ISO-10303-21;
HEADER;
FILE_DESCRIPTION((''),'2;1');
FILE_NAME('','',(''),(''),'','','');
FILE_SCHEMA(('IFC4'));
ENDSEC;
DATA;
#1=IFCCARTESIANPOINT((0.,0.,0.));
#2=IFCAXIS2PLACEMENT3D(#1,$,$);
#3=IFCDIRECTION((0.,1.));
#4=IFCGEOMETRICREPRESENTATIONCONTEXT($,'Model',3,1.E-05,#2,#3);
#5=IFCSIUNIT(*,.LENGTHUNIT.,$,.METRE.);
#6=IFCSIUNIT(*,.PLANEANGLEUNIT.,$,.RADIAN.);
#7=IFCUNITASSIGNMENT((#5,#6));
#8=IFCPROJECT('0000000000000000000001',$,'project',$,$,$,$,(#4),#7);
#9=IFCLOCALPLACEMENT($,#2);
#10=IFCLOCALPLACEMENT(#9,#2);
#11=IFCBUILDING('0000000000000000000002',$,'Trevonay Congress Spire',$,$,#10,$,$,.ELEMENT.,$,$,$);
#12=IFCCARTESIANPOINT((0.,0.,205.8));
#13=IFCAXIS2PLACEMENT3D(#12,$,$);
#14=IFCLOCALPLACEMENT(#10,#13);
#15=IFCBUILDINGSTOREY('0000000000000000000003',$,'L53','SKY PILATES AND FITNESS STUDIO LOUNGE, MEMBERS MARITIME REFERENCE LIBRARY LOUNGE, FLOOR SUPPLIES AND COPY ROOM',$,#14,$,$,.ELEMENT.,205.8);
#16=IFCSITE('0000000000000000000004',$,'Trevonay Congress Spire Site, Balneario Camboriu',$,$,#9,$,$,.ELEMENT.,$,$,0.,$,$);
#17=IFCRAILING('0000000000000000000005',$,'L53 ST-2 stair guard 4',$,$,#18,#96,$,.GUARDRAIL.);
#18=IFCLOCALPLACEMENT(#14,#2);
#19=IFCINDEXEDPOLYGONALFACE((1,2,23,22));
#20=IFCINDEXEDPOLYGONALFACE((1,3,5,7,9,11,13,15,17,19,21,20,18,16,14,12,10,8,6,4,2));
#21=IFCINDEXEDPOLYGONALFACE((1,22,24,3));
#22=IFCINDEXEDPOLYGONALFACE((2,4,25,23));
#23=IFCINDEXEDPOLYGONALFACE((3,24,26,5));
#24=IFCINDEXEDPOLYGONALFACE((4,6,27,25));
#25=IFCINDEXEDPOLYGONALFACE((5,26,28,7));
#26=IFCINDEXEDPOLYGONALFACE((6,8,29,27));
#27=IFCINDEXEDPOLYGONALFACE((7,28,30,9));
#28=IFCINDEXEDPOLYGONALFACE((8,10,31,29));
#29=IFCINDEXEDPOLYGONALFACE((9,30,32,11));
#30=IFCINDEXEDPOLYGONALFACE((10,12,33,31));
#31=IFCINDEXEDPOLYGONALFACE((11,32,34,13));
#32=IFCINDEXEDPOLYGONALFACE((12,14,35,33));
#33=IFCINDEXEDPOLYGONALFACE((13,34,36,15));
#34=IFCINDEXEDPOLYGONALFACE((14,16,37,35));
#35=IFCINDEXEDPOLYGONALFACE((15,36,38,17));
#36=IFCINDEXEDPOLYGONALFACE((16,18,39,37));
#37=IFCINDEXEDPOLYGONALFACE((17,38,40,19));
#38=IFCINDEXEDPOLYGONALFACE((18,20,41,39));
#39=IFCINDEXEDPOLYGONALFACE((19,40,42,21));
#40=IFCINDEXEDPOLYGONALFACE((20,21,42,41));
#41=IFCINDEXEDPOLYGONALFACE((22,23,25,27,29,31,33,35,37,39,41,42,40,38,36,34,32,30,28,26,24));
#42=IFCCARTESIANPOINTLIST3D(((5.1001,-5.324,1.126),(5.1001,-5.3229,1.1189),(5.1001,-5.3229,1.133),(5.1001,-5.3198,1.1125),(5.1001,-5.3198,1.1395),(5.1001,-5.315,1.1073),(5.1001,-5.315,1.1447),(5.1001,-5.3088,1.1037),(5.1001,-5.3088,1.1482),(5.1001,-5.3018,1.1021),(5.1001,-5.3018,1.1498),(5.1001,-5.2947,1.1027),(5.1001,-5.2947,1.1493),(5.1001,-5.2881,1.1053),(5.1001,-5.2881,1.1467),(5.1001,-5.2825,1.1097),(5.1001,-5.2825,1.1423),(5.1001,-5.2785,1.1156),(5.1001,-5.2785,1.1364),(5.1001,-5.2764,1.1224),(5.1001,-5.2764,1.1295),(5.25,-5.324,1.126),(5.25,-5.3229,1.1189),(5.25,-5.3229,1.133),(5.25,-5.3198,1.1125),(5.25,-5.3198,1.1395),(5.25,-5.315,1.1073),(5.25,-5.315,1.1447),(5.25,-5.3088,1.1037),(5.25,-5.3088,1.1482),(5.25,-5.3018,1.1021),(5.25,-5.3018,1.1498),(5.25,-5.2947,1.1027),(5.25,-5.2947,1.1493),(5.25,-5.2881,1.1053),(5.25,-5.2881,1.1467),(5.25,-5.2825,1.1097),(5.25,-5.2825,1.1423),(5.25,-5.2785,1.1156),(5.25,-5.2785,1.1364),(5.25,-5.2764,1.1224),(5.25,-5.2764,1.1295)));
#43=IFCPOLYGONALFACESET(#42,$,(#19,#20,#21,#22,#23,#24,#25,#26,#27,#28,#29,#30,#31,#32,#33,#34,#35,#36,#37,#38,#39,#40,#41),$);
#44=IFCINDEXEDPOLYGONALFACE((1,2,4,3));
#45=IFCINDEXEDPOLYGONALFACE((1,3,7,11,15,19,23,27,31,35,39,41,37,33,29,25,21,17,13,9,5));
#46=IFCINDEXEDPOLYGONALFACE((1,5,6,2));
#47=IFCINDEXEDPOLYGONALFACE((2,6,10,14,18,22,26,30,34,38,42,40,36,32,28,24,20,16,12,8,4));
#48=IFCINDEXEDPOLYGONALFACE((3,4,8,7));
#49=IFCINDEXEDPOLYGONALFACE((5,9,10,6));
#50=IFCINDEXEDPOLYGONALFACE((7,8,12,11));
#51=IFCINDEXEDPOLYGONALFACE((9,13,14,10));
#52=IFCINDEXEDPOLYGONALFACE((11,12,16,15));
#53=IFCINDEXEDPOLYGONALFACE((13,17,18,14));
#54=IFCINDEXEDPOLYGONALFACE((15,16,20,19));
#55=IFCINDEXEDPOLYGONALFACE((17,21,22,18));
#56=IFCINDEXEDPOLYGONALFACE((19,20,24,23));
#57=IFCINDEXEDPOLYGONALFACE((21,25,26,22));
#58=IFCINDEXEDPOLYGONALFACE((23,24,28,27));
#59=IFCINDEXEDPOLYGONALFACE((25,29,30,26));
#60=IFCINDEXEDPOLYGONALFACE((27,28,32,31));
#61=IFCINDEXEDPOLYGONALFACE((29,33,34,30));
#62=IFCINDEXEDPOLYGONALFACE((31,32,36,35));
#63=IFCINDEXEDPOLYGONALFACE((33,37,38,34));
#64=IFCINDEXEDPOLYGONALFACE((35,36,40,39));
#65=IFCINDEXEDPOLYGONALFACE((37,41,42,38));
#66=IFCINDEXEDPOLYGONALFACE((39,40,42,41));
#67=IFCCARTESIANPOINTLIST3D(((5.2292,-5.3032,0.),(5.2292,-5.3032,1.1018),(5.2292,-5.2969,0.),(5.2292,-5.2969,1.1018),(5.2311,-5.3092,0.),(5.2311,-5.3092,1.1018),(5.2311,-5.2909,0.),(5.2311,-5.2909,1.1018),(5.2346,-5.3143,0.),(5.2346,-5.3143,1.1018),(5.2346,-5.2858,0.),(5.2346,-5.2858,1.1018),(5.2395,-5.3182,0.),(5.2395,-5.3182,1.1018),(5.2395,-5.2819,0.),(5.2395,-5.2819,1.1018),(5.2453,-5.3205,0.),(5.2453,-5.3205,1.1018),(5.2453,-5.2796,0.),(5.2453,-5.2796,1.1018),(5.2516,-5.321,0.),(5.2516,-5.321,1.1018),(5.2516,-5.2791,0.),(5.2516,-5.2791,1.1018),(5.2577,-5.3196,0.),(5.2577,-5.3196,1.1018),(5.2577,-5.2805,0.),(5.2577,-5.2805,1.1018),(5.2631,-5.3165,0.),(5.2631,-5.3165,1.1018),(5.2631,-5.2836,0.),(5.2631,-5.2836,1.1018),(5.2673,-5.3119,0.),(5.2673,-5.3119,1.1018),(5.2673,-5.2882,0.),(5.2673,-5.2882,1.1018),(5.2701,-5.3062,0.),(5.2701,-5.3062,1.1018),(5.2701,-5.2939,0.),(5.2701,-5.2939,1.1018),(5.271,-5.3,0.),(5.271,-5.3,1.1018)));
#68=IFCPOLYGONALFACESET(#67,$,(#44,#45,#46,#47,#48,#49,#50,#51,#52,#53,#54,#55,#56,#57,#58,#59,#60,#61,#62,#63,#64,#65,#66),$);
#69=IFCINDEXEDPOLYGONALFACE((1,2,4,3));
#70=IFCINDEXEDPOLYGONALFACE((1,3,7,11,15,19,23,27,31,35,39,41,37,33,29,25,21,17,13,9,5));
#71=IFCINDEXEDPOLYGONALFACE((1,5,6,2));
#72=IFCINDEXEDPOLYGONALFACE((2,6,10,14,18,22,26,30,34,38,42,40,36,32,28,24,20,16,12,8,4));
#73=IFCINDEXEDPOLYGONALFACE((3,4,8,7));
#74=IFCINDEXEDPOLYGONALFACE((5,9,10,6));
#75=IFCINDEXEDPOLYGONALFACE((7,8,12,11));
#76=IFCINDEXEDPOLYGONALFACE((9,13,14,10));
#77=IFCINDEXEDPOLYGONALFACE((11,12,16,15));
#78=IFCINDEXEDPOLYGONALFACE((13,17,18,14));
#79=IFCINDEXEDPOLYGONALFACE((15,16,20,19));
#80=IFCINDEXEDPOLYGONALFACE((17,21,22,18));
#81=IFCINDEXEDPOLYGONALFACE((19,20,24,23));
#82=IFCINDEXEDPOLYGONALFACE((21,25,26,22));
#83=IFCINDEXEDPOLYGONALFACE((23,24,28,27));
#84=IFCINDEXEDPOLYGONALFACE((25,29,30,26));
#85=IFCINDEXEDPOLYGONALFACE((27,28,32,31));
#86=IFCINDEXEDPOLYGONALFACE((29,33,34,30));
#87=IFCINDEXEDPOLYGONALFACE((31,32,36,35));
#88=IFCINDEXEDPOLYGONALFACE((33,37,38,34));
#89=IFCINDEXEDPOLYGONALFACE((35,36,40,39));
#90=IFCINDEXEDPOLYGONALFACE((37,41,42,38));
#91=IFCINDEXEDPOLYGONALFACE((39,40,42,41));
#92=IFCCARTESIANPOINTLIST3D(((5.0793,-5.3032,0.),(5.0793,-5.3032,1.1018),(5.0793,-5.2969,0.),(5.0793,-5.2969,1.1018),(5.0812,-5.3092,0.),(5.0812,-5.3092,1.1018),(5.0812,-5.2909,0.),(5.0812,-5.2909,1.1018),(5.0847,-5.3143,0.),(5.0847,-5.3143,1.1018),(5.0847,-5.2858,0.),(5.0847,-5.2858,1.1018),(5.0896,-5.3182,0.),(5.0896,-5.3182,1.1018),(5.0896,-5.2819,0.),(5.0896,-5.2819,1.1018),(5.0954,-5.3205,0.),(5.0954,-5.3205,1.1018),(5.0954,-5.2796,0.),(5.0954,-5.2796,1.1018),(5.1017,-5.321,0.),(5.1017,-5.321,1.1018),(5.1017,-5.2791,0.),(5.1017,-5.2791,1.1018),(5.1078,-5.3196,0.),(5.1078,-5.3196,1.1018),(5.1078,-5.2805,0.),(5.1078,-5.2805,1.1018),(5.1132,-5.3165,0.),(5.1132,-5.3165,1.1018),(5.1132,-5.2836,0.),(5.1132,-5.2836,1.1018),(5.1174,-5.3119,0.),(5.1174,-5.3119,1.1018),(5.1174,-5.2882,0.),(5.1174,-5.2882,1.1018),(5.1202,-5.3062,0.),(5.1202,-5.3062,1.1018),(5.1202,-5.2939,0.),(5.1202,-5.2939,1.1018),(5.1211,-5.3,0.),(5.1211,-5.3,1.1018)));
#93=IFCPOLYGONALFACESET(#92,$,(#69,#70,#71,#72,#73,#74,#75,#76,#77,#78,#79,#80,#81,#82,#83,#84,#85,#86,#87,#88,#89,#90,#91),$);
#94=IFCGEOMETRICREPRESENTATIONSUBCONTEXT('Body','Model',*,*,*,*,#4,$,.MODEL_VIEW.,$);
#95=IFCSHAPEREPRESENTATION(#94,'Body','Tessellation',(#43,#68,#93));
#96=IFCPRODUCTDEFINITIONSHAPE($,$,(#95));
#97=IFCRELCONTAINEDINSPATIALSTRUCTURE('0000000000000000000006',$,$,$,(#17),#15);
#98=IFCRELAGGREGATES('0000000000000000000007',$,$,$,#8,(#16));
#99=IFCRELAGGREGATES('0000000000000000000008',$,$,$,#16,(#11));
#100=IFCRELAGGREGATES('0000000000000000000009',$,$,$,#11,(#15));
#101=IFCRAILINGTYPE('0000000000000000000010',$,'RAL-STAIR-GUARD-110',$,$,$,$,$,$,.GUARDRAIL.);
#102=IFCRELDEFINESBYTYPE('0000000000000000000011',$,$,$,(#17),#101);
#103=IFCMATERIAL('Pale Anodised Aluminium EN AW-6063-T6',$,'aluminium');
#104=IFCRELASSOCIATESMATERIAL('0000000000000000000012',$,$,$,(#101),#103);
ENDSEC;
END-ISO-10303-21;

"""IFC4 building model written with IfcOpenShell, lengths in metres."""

from ifc_helpers import new_model, si_unit, direction, frame, origin, origin_2d, place, context, subcontext, project, spatial, circle, extrude, material, type_object, element, save


model = new_model("IFC4")

# Units and contexts
model_context = context("Model", 3, precision=1e-05, world=origin(), true_north=direction((0.0, 1.0)))
body_context = subcontext(model_context, "Body", "Model", "MODEL_VIEW")
ifc_project = project(units=[si_unit("LENGTHUNIT", "METRE"), si_unit("PLANEANGLEUNIT", "RADIAN")], contexts=[model_context])

# Site, building, storey
site_placement = place(None, origin())
site = spatial("IfcSite", under=ifc_project, at=site_placement, Name="Trevonay Congress Spire Site, Balneario Camboriu", CompositionType="ELEMENT", RefElevation=0.0)
building_placement = place(site_placement, origin())
building = spatial("IfcBuilding", under=site, at=building_placement, Name="Trevonay Congress Spire", CompositionType="ELEMENT")
storey_placement = place(building_placement, frame((0.0, 0.0, 205.8)))
storey = spatial("IfcBuildingStorey", under=building, at=storey_placement, Name="L53", Description="SKY PILATES AND FITNESS STUDIO LOUNGE, MEMBERS MARITIME REFERENCE LIBRARY LOUNGE, FLOOR SUPPLIES AND COPY ROOM", CompositionType="ELEMENT", Elevation=205.8)

# Railing
ifc_material_1 = material(Name="Pale Anodised Aluminium EN AW-6063-T6", Category="aluminium")
railing_type_1 = type_object("IfcRailingType", Name="RAL-STAIR-GUARD-110", PredefinedType="GUARDRAIL", material=ifc_material_1)
railing_1_placement = place(storey_placement, frame((5.25, -5.3, 0.0)))
element("IfcRailing", 1, at=railing_1_placement, inside=storey, type_object=railing_type_1, Name="L53 ST-2 stair guard 4", PredefinedType="GUARDRAIL", context=body_context, shape_type="SweptSolid", body=[
    extrude(circle(Radius=0.0239, at=origin_2d()), frame((0.0, 0.0, 1.126), z_axis=(-1.0, 0.0, 0.0), x_axis=(0.0, -1.0, 0.0)), (0.0, 0.0, 1.0), 0.1499),
    extrude(circle(Radius=0.021, at=origin_2d()), origin(), (0.0, 0.0, 1.0), 1.1018),
    extrude(circle(Radius=0.021, at=origin_2d()), frame((-0.1499, 0.0, 0.0)), (0.0, 0.0, 1.0), 1.1018),
])

save(model, "model.ifc")
